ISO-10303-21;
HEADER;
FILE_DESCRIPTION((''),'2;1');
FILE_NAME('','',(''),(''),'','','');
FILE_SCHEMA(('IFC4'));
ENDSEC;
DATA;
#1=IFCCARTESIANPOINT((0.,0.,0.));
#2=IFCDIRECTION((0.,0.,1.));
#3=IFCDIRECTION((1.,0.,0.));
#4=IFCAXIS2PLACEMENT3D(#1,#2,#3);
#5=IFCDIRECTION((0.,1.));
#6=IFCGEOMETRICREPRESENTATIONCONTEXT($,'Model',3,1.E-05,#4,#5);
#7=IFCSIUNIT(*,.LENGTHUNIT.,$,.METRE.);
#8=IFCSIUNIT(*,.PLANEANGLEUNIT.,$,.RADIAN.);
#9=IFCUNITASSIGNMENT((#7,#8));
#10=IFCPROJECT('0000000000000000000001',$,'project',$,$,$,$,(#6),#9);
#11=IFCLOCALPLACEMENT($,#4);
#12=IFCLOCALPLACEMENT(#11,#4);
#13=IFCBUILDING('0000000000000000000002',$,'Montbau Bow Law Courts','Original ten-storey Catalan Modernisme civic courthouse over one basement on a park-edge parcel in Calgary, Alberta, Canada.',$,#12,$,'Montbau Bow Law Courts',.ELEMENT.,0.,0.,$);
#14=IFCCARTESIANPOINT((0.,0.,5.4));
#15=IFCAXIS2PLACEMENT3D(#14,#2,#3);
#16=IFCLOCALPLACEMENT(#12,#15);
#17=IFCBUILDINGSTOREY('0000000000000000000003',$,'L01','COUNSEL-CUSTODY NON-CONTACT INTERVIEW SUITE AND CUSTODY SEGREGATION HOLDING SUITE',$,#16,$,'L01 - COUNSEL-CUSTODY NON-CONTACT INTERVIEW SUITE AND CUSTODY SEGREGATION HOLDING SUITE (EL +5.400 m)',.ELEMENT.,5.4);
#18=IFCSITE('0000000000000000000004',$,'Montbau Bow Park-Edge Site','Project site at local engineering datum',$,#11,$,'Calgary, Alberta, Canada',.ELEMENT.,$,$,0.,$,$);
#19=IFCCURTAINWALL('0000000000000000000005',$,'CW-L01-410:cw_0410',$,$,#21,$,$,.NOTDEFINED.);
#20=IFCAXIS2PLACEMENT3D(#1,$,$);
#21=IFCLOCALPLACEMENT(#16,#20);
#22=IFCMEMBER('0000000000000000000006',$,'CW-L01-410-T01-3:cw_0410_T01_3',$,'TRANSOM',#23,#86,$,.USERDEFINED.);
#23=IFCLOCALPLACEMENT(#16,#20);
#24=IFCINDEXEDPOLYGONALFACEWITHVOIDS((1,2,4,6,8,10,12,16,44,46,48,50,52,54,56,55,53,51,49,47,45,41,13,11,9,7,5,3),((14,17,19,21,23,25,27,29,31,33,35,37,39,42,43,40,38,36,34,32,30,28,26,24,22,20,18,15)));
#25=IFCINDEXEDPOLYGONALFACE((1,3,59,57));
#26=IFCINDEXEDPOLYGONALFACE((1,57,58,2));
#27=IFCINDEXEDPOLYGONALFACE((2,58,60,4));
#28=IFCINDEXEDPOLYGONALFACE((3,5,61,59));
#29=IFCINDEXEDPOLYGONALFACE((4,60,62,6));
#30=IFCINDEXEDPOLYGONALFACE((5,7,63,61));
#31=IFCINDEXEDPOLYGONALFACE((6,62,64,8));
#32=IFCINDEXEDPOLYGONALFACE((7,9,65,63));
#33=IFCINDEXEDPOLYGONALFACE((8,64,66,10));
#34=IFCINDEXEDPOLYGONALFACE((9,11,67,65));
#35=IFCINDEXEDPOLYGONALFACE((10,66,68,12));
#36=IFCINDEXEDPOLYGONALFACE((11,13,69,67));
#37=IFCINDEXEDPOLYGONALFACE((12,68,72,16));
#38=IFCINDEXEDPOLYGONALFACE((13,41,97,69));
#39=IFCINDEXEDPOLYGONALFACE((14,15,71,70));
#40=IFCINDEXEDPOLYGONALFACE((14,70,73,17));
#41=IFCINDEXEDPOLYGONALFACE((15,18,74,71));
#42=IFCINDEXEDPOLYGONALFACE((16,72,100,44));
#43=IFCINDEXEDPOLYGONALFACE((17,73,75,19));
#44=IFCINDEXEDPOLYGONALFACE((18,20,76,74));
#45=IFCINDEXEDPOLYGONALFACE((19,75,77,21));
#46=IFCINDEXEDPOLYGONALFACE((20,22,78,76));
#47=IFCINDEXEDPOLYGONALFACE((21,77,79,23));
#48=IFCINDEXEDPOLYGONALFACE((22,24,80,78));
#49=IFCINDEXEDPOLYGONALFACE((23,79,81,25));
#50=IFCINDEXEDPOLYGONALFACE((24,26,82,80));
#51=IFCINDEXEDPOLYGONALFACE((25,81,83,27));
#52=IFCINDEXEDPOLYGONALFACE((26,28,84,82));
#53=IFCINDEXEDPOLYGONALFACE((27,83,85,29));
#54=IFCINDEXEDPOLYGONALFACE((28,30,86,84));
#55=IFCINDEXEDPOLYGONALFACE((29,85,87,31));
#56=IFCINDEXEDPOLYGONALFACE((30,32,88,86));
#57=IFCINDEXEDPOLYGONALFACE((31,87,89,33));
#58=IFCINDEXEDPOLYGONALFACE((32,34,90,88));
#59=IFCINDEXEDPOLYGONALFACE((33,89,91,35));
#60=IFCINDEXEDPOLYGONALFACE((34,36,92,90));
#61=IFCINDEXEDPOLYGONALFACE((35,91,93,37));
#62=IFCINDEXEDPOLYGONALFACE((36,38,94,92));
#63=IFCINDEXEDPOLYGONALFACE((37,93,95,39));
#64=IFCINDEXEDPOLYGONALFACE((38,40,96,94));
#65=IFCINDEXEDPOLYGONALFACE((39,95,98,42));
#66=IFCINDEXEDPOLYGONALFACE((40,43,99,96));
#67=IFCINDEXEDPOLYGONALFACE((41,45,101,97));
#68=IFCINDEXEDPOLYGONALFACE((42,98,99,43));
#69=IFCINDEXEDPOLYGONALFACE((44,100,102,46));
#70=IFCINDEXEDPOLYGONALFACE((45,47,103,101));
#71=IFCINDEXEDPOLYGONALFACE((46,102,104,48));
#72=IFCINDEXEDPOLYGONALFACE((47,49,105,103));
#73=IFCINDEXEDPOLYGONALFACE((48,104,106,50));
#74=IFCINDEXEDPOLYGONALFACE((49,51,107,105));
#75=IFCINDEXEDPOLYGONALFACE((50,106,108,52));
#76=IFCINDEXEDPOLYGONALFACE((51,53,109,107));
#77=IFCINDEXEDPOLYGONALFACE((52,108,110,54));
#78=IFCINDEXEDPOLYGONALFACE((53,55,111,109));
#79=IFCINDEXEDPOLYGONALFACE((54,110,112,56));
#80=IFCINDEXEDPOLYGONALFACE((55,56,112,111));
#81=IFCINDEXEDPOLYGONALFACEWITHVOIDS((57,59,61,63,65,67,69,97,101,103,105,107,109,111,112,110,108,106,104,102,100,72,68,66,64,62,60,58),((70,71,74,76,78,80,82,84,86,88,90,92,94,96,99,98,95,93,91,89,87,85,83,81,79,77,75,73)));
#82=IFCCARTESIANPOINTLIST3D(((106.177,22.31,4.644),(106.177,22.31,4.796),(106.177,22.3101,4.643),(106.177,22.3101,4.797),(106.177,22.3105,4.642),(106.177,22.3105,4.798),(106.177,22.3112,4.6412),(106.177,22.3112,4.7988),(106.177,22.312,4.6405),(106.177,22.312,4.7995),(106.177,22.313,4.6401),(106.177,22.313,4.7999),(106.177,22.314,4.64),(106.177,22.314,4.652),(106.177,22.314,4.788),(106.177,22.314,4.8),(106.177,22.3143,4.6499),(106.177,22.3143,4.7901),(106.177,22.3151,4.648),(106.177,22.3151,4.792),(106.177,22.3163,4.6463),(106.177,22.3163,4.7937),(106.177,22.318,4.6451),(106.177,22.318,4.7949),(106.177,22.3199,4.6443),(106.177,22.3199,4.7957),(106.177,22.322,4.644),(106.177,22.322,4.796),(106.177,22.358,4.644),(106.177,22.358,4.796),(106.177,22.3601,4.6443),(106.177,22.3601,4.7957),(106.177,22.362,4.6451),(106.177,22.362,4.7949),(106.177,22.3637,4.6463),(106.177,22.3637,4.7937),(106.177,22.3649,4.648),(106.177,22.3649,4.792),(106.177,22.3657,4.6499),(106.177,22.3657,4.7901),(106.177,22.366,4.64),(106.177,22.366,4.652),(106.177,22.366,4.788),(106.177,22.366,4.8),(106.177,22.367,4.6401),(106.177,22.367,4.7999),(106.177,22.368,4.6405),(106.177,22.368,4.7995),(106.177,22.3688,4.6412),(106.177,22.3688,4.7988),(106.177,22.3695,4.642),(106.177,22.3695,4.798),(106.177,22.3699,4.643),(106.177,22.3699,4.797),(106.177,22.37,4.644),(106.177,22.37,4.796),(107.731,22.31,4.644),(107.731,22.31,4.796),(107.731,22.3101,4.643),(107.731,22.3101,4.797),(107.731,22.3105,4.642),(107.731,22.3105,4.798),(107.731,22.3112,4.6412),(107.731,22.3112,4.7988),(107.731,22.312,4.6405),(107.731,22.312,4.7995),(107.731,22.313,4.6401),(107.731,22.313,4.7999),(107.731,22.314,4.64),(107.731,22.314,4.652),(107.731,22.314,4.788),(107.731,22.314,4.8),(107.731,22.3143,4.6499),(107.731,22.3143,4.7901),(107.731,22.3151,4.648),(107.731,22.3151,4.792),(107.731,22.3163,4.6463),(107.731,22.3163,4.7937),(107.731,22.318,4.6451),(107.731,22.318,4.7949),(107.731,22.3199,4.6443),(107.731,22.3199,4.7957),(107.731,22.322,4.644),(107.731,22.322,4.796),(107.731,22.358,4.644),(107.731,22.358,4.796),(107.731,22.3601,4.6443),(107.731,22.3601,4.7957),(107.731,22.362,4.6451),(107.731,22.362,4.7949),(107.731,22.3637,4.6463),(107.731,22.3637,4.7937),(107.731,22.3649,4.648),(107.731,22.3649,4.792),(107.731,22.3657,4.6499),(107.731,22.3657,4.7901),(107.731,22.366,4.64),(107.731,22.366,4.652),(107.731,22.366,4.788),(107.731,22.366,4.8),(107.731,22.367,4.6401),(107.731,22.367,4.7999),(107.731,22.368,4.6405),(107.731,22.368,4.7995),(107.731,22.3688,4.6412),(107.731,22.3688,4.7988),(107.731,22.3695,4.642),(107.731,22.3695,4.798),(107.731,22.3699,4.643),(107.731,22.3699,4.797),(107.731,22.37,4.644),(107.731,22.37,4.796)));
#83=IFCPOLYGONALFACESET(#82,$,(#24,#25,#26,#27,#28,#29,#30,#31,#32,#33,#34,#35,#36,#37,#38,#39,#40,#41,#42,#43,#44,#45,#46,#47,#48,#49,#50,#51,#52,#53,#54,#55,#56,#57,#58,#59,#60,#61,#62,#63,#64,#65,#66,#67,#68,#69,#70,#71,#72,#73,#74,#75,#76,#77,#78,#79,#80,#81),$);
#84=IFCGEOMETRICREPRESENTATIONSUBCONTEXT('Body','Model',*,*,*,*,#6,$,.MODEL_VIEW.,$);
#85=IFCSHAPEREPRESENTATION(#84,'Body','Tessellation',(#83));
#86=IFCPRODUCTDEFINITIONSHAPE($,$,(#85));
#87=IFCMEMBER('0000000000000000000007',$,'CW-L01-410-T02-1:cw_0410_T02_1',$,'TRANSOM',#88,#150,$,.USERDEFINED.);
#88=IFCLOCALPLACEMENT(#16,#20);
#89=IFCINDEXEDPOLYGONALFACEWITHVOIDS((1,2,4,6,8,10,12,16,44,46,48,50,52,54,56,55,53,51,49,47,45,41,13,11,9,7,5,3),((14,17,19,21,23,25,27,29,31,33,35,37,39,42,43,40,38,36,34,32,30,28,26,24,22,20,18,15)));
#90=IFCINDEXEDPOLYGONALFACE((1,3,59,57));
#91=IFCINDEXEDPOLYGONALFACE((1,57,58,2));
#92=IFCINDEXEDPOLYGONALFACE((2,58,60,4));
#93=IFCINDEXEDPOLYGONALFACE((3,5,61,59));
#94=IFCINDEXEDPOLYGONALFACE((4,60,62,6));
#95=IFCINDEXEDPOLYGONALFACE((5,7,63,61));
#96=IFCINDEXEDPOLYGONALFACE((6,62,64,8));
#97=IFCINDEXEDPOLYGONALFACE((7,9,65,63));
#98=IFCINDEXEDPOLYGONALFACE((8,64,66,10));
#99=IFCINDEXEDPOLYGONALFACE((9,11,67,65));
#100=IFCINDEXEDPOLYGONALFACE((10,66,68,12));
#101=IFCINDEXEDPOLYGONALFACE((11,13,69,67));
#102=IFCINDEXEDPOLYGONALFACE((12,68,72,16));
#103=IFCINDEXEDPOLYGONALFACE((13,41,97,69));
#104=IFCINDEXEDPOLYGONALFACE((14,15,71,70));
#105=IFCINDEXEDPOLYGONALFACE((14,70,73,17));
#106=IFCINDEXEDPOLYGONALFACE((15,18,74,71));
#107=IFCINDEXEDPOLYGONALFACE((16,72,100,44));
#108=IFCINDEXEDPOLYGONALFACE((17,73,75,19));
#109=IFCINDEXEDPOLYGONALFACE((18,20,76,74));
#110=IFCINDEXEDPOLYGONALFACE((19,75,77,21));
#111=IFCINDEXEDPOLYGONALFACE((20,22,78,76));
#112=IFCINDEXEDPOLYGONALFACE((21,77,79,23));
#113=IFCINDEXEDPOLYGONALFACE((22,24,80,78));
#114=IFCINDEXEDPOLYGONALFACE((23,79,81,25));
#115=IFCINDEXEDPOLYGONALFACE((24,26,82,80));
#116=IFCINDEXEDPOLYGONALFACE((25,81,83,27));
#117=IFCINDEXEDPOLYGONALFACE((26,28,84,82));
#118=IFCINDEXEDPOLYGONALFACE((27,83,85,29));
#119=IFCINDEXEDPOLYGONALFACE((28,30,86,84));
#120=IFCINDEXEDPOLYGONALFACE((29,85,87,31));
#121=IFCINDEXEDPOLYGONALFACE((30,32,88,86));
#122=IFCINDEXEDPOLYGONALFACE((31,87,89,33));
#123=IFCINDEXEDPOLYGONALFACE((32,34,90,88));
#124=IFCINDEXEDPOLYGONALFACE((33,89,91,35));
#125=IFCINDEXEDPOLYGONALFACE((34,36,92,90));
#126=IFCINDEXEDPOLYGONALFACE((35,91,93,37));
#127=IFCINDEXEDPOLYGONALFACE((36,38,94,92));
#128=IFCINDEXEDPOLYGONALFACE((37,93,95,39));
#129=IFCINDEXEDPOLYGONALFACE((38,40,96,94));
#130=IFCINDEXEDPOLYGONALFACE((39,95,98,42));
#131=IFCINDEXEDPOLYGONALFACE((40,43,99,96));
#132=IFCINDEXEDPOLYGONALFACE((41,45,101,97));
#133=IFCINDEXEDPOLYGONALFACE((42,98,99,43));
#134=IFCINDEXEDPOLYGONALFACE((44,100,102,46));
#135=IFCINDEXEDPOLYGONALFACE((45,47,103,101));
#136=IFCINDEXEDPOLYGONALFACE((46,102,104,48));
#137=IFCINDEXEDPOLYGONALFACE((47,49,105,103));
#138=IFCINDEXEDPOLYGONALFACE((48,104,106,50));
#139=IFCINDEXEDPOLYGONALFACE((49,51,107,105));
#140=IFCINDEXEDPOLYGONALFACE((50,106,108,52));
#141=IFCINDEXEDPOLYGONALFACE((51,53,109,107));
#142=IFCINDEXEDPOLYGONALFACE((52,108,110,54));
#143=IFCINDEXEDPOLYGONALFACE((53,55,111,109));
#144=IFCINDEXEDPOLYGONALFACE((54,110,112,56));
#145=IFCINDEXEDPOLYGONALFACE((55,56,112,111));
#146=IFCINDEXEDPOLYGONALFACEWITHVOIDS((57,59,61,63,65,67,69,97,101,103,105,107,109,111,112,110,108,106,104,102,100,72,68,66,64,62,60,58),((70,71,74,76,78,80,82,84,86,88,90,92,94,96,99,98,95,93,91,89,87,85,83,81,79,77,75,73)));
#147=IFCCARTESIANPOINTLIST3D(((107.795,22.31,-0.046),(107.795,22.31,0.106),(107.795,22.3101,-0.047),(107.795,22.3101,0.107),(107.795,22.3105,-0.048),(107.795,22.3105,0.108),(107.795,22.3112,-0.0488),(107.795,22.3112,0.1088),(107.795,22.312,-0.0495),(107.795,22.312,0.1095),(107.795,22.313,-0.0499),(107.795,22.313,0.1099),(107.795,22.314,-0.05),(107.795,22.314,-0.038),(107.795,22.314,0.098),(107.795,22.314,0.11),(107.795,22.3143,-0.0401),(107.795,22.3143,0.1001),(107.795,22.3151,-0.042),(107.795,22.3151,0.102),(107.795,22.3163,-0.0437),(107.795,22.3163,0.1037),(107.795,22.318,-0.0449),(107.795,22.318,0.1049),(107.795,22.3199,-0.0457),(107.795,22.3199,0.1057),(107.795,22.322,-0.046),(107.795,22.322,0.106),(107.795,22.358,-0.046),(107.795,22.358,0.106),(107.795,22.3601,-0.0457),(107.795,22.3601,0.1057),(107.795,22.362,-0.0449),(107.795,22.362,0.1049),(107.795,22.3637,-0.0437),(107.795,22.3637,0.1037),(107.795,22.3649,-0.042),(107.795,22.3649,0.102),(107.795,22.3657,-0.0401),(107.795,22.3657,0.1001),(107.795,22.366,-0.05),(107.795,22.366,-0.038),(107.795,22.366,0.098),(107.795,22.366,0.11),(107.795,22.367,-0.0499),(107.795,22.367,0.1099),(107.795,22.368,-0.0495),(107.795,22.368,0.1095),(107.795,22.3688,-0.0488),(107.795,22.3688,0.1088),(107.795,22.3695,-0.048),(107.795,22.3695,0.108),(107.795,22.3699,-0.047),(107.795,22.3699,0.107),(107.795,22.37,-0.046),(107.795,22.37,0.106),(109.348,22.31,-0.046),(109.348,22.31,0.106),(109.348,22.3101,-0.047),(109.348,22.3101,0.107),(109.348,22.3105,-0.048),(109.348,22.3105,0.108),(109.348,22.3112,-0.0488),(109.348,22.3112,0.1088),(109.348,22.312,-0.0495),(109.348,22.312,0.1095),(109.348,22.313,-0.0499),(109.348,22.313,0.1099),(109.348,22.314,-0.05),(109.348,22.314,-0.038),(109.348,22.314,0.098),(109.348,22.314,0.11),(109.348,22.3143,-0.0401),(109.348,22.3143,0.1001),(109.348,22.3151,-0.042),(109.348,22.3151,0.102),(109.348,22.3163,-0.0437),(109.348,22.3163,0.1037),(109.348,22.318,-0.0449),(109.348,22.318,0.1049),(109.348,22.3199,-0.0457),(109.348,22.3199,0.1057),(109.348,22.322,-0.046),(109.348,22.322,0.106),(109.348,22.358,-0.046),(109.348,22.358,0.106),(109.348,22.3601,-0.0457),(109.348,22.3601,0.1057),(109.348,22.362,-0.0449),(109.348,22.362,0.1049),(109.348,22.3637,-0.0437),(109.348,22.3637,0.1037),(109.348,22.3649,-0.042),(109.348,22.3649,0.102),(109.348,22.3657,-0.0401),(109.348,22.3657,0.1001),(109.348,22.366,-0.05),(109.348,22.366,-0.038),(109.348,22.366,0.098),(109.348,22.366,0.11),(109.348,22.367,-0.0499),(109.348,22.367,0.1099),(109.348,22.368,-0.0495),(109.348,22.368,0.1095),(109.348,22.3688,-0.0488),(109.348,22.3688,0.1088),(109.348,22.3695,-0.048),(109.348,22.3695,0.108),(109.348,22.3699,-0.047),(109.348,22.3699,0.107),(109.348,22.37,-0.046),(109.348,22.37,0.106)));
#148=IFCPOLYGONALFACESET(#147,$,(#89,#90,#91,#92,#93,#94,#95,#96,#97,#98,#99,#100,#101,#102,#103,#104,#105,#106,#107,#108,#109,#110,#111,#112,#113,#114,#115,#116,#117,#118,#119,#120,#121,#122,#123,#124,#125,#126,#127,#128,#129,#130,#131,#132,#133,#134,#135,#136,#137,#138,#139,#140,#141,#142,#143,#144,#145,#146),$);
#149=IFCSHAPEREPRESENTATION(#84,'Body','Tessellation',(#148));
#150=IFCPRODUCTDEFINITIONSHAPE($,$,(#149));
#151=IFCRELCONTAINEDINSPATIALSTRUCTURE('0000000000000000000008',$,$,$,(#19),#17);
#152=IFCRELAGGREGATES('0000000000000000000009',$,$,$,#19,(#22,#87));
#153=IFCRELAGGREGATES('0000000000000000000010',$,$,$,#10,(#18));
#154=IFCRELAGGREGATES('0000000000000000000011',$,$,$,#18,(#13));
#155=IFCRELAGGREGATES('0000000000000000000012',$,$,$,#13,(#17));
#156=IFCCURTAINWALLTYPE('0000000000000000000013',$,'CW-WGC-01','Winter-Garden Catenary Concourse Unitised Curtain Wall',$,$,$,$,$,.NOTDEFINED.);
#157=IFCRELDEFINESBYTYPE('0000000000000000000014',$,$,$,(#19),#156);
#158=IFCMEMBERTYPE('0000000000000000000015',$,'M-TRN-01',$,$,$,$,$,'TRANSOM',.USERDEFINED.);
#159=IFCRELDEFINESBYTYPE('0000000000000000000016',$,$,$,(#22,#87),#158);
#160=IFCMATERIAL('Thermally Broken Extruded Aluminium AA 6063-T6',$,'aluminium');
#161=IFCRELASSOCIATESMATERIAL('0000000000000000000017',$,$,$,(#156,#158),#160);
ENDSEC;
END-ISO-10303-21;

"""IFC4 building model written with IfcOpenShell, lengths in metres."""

from ifc_helpers import new_model, si_unit, direction, frame, origin_with_axes, origin_2d_with_axis, place, context, subcontext, project, spatial, hollow_rectangle, extrude, material, material_profile, profile_set, type_object, element, aggregate, save


model = new_model("IFC4")

# Units and contexts
model_context = context("Model", 3, precision=1e-05, world=origin_with_axes(), true_north=direction((0.0, 1.0)))
body_context = subcontext(model_context, "Body", "Model", "MODEL_VIEW")
ifc_project = project(units=[si_unit("LENGTHUNIT", "METRE"), si_unit("PLANEANGLEUNIT", "RADIAN")], contexts=[model_context])

# Site, building, storey
site_placement = place(None, origin_with_axes())
site = spatial("IfcSite", under=ifc_project, at=site_placement, Name="Montbau Bow Park-Edge Site", Description="Project site at local engineering datum", LongName="Calgary, Alberta, Canada", CompositionType="ELEMENT", RefElevation=0.0)
building_placement = place(site_placement, origin_with_axes())
building = spatial("IfcBuilding", under=site, at=building_placement, Name="Montbau Bow Law Courts", Description="Original ten-storey Catalan Modernisme civic courthouse over one basement on a park-edge parcel in Calgary, Alberta, Canada.", LongName="Montbau Bow Law Courts", CompositionType="ELEMENT", ElevationOfRefHeight=0.0, ElevationOfTerrain=0.0)
storey_placement = place(building_placement, frame((0.0, 0.0, 5.4), z_axis=(0.0, 0.0, 1.0), x_axis=(1.0, 0.0, 0.0)))
storey = spatial("IfcBuildingStorey", under=building, at=storey_placement, Name="L01", Description="COUNSEL-CUSTODY NON-CONTACT INTERVIEW SUITE AND CUSTODY SEGREGATION HOLDING SUITE", LongName="L01 - COUNSEL-CUSTODY NON-CONTACT INTERVIEW SUITE AND CUSTODY SEGREGATION HOLDING SUITE (EL +5.400 m)", CompositionType="ELEMENT", Elevation=5.4)

# Shared definitions
ifc_material_1 = material(Name="Thermally Broken Extruded Aluminium AA 6063-T6", Category="aluminium")
curtain_wall_type_1 = type_object("IfcCurtainWallType", Name="CW-WGC-01", Description="Winter-Garden Catenary Concourse Unitised Curtain Wall", PredefinedType="NOTDEFINED", material=ifc_material_1)

# Curtain wall, members
curtain_wall_1_placement = place(None, frame((106.115, 22.34, 5.4), z_axis=(0.0, 0.0, 1.0), x_axis=(1.0, 0.0, 0.0)))
curtain_wall_1 = element("IfcCurtainWall", 1, at=curtain_wall_1_placement, inside=storey, type_object=curtain_wall_type_1, Name="CW-L01-410:cw_0410", PredefinedType="NOTDEFINED")
ifc_material_profile_1 = material_profile(ifc_material_1, hollow_rectangle(XDim=0.06, YDim=0.16, WallThickness=0.004, InnerFilletRadius=0.008, OuterFilletRadius=0.004, at=origin_2d_with_axis()), Name="CWT-160X60", Category="Main", Priority=0)
ifc_profile_set_1 = profile_set([ifc_material_profile_1], Name="Thermally Broken Extruded Aluminium AA 6063-T6")
member_type_1 = type_object("IfcMemberType", Name="M-TRN-01", ElementType="TRANSOM", PredefinedType="USERDEFINED", material=ifc_profile_set_1)
member_1_placement = place(None, frame((106.177, 22.34, 10.12), z_axis=(1.0, 0.0, 0.0), x_axis=(0.0, 1.0, 0.0)))
member_1 = element("IfcMember", 2, at=member_1_placement, type_object=member_type_1, Name="CW-L01-410-T01-3:cw_0410_T01_3", ObjectType="TRANSOM", PredefinedType="USERDEFINED", context=body_context, shape_type="SweptSolid", body=[
    extrude(hollow_rectangle(XDim=0.06, YDim=0.16, WallThickness=0.004, InnerFilletRadius=0.008, OuterFilletRadius=0.004, at=origin_2d_with_axis()), origin_with_axes(), (0.0, 0.0, 1.0), 1.554),
])
member_2_placement = place(None, frame((107.795, 22.34, 5.43), z_axis=(1.0, 0.0, 0.0), x_axis=(0.0, 1.0, 0.0)))
member_2 = element("IfcMember", 3, at=member_2_placement, type_object=member_type_1, Name="CW-L01-410-T02-1:cw_0410_T02_1", ObjectType="TRANSOM", PredefinedType="USERDEFINED", context=body_context, shape_type="SweptSolid", body=[
    extrude(hollow_rectangle(XDim=0.06, YDim=0.16, WallThickness=0.004, InnerFilletRadius=0.008, OuterFilletRadius=0.004, at=origin_2d_with_axis()), origin_with_axes(), (0.0, 0.0, 1.0), 1.553),
])

aggregate(curtain_wall_1, [member_1, member_2])

save(model, "model.ifc")
